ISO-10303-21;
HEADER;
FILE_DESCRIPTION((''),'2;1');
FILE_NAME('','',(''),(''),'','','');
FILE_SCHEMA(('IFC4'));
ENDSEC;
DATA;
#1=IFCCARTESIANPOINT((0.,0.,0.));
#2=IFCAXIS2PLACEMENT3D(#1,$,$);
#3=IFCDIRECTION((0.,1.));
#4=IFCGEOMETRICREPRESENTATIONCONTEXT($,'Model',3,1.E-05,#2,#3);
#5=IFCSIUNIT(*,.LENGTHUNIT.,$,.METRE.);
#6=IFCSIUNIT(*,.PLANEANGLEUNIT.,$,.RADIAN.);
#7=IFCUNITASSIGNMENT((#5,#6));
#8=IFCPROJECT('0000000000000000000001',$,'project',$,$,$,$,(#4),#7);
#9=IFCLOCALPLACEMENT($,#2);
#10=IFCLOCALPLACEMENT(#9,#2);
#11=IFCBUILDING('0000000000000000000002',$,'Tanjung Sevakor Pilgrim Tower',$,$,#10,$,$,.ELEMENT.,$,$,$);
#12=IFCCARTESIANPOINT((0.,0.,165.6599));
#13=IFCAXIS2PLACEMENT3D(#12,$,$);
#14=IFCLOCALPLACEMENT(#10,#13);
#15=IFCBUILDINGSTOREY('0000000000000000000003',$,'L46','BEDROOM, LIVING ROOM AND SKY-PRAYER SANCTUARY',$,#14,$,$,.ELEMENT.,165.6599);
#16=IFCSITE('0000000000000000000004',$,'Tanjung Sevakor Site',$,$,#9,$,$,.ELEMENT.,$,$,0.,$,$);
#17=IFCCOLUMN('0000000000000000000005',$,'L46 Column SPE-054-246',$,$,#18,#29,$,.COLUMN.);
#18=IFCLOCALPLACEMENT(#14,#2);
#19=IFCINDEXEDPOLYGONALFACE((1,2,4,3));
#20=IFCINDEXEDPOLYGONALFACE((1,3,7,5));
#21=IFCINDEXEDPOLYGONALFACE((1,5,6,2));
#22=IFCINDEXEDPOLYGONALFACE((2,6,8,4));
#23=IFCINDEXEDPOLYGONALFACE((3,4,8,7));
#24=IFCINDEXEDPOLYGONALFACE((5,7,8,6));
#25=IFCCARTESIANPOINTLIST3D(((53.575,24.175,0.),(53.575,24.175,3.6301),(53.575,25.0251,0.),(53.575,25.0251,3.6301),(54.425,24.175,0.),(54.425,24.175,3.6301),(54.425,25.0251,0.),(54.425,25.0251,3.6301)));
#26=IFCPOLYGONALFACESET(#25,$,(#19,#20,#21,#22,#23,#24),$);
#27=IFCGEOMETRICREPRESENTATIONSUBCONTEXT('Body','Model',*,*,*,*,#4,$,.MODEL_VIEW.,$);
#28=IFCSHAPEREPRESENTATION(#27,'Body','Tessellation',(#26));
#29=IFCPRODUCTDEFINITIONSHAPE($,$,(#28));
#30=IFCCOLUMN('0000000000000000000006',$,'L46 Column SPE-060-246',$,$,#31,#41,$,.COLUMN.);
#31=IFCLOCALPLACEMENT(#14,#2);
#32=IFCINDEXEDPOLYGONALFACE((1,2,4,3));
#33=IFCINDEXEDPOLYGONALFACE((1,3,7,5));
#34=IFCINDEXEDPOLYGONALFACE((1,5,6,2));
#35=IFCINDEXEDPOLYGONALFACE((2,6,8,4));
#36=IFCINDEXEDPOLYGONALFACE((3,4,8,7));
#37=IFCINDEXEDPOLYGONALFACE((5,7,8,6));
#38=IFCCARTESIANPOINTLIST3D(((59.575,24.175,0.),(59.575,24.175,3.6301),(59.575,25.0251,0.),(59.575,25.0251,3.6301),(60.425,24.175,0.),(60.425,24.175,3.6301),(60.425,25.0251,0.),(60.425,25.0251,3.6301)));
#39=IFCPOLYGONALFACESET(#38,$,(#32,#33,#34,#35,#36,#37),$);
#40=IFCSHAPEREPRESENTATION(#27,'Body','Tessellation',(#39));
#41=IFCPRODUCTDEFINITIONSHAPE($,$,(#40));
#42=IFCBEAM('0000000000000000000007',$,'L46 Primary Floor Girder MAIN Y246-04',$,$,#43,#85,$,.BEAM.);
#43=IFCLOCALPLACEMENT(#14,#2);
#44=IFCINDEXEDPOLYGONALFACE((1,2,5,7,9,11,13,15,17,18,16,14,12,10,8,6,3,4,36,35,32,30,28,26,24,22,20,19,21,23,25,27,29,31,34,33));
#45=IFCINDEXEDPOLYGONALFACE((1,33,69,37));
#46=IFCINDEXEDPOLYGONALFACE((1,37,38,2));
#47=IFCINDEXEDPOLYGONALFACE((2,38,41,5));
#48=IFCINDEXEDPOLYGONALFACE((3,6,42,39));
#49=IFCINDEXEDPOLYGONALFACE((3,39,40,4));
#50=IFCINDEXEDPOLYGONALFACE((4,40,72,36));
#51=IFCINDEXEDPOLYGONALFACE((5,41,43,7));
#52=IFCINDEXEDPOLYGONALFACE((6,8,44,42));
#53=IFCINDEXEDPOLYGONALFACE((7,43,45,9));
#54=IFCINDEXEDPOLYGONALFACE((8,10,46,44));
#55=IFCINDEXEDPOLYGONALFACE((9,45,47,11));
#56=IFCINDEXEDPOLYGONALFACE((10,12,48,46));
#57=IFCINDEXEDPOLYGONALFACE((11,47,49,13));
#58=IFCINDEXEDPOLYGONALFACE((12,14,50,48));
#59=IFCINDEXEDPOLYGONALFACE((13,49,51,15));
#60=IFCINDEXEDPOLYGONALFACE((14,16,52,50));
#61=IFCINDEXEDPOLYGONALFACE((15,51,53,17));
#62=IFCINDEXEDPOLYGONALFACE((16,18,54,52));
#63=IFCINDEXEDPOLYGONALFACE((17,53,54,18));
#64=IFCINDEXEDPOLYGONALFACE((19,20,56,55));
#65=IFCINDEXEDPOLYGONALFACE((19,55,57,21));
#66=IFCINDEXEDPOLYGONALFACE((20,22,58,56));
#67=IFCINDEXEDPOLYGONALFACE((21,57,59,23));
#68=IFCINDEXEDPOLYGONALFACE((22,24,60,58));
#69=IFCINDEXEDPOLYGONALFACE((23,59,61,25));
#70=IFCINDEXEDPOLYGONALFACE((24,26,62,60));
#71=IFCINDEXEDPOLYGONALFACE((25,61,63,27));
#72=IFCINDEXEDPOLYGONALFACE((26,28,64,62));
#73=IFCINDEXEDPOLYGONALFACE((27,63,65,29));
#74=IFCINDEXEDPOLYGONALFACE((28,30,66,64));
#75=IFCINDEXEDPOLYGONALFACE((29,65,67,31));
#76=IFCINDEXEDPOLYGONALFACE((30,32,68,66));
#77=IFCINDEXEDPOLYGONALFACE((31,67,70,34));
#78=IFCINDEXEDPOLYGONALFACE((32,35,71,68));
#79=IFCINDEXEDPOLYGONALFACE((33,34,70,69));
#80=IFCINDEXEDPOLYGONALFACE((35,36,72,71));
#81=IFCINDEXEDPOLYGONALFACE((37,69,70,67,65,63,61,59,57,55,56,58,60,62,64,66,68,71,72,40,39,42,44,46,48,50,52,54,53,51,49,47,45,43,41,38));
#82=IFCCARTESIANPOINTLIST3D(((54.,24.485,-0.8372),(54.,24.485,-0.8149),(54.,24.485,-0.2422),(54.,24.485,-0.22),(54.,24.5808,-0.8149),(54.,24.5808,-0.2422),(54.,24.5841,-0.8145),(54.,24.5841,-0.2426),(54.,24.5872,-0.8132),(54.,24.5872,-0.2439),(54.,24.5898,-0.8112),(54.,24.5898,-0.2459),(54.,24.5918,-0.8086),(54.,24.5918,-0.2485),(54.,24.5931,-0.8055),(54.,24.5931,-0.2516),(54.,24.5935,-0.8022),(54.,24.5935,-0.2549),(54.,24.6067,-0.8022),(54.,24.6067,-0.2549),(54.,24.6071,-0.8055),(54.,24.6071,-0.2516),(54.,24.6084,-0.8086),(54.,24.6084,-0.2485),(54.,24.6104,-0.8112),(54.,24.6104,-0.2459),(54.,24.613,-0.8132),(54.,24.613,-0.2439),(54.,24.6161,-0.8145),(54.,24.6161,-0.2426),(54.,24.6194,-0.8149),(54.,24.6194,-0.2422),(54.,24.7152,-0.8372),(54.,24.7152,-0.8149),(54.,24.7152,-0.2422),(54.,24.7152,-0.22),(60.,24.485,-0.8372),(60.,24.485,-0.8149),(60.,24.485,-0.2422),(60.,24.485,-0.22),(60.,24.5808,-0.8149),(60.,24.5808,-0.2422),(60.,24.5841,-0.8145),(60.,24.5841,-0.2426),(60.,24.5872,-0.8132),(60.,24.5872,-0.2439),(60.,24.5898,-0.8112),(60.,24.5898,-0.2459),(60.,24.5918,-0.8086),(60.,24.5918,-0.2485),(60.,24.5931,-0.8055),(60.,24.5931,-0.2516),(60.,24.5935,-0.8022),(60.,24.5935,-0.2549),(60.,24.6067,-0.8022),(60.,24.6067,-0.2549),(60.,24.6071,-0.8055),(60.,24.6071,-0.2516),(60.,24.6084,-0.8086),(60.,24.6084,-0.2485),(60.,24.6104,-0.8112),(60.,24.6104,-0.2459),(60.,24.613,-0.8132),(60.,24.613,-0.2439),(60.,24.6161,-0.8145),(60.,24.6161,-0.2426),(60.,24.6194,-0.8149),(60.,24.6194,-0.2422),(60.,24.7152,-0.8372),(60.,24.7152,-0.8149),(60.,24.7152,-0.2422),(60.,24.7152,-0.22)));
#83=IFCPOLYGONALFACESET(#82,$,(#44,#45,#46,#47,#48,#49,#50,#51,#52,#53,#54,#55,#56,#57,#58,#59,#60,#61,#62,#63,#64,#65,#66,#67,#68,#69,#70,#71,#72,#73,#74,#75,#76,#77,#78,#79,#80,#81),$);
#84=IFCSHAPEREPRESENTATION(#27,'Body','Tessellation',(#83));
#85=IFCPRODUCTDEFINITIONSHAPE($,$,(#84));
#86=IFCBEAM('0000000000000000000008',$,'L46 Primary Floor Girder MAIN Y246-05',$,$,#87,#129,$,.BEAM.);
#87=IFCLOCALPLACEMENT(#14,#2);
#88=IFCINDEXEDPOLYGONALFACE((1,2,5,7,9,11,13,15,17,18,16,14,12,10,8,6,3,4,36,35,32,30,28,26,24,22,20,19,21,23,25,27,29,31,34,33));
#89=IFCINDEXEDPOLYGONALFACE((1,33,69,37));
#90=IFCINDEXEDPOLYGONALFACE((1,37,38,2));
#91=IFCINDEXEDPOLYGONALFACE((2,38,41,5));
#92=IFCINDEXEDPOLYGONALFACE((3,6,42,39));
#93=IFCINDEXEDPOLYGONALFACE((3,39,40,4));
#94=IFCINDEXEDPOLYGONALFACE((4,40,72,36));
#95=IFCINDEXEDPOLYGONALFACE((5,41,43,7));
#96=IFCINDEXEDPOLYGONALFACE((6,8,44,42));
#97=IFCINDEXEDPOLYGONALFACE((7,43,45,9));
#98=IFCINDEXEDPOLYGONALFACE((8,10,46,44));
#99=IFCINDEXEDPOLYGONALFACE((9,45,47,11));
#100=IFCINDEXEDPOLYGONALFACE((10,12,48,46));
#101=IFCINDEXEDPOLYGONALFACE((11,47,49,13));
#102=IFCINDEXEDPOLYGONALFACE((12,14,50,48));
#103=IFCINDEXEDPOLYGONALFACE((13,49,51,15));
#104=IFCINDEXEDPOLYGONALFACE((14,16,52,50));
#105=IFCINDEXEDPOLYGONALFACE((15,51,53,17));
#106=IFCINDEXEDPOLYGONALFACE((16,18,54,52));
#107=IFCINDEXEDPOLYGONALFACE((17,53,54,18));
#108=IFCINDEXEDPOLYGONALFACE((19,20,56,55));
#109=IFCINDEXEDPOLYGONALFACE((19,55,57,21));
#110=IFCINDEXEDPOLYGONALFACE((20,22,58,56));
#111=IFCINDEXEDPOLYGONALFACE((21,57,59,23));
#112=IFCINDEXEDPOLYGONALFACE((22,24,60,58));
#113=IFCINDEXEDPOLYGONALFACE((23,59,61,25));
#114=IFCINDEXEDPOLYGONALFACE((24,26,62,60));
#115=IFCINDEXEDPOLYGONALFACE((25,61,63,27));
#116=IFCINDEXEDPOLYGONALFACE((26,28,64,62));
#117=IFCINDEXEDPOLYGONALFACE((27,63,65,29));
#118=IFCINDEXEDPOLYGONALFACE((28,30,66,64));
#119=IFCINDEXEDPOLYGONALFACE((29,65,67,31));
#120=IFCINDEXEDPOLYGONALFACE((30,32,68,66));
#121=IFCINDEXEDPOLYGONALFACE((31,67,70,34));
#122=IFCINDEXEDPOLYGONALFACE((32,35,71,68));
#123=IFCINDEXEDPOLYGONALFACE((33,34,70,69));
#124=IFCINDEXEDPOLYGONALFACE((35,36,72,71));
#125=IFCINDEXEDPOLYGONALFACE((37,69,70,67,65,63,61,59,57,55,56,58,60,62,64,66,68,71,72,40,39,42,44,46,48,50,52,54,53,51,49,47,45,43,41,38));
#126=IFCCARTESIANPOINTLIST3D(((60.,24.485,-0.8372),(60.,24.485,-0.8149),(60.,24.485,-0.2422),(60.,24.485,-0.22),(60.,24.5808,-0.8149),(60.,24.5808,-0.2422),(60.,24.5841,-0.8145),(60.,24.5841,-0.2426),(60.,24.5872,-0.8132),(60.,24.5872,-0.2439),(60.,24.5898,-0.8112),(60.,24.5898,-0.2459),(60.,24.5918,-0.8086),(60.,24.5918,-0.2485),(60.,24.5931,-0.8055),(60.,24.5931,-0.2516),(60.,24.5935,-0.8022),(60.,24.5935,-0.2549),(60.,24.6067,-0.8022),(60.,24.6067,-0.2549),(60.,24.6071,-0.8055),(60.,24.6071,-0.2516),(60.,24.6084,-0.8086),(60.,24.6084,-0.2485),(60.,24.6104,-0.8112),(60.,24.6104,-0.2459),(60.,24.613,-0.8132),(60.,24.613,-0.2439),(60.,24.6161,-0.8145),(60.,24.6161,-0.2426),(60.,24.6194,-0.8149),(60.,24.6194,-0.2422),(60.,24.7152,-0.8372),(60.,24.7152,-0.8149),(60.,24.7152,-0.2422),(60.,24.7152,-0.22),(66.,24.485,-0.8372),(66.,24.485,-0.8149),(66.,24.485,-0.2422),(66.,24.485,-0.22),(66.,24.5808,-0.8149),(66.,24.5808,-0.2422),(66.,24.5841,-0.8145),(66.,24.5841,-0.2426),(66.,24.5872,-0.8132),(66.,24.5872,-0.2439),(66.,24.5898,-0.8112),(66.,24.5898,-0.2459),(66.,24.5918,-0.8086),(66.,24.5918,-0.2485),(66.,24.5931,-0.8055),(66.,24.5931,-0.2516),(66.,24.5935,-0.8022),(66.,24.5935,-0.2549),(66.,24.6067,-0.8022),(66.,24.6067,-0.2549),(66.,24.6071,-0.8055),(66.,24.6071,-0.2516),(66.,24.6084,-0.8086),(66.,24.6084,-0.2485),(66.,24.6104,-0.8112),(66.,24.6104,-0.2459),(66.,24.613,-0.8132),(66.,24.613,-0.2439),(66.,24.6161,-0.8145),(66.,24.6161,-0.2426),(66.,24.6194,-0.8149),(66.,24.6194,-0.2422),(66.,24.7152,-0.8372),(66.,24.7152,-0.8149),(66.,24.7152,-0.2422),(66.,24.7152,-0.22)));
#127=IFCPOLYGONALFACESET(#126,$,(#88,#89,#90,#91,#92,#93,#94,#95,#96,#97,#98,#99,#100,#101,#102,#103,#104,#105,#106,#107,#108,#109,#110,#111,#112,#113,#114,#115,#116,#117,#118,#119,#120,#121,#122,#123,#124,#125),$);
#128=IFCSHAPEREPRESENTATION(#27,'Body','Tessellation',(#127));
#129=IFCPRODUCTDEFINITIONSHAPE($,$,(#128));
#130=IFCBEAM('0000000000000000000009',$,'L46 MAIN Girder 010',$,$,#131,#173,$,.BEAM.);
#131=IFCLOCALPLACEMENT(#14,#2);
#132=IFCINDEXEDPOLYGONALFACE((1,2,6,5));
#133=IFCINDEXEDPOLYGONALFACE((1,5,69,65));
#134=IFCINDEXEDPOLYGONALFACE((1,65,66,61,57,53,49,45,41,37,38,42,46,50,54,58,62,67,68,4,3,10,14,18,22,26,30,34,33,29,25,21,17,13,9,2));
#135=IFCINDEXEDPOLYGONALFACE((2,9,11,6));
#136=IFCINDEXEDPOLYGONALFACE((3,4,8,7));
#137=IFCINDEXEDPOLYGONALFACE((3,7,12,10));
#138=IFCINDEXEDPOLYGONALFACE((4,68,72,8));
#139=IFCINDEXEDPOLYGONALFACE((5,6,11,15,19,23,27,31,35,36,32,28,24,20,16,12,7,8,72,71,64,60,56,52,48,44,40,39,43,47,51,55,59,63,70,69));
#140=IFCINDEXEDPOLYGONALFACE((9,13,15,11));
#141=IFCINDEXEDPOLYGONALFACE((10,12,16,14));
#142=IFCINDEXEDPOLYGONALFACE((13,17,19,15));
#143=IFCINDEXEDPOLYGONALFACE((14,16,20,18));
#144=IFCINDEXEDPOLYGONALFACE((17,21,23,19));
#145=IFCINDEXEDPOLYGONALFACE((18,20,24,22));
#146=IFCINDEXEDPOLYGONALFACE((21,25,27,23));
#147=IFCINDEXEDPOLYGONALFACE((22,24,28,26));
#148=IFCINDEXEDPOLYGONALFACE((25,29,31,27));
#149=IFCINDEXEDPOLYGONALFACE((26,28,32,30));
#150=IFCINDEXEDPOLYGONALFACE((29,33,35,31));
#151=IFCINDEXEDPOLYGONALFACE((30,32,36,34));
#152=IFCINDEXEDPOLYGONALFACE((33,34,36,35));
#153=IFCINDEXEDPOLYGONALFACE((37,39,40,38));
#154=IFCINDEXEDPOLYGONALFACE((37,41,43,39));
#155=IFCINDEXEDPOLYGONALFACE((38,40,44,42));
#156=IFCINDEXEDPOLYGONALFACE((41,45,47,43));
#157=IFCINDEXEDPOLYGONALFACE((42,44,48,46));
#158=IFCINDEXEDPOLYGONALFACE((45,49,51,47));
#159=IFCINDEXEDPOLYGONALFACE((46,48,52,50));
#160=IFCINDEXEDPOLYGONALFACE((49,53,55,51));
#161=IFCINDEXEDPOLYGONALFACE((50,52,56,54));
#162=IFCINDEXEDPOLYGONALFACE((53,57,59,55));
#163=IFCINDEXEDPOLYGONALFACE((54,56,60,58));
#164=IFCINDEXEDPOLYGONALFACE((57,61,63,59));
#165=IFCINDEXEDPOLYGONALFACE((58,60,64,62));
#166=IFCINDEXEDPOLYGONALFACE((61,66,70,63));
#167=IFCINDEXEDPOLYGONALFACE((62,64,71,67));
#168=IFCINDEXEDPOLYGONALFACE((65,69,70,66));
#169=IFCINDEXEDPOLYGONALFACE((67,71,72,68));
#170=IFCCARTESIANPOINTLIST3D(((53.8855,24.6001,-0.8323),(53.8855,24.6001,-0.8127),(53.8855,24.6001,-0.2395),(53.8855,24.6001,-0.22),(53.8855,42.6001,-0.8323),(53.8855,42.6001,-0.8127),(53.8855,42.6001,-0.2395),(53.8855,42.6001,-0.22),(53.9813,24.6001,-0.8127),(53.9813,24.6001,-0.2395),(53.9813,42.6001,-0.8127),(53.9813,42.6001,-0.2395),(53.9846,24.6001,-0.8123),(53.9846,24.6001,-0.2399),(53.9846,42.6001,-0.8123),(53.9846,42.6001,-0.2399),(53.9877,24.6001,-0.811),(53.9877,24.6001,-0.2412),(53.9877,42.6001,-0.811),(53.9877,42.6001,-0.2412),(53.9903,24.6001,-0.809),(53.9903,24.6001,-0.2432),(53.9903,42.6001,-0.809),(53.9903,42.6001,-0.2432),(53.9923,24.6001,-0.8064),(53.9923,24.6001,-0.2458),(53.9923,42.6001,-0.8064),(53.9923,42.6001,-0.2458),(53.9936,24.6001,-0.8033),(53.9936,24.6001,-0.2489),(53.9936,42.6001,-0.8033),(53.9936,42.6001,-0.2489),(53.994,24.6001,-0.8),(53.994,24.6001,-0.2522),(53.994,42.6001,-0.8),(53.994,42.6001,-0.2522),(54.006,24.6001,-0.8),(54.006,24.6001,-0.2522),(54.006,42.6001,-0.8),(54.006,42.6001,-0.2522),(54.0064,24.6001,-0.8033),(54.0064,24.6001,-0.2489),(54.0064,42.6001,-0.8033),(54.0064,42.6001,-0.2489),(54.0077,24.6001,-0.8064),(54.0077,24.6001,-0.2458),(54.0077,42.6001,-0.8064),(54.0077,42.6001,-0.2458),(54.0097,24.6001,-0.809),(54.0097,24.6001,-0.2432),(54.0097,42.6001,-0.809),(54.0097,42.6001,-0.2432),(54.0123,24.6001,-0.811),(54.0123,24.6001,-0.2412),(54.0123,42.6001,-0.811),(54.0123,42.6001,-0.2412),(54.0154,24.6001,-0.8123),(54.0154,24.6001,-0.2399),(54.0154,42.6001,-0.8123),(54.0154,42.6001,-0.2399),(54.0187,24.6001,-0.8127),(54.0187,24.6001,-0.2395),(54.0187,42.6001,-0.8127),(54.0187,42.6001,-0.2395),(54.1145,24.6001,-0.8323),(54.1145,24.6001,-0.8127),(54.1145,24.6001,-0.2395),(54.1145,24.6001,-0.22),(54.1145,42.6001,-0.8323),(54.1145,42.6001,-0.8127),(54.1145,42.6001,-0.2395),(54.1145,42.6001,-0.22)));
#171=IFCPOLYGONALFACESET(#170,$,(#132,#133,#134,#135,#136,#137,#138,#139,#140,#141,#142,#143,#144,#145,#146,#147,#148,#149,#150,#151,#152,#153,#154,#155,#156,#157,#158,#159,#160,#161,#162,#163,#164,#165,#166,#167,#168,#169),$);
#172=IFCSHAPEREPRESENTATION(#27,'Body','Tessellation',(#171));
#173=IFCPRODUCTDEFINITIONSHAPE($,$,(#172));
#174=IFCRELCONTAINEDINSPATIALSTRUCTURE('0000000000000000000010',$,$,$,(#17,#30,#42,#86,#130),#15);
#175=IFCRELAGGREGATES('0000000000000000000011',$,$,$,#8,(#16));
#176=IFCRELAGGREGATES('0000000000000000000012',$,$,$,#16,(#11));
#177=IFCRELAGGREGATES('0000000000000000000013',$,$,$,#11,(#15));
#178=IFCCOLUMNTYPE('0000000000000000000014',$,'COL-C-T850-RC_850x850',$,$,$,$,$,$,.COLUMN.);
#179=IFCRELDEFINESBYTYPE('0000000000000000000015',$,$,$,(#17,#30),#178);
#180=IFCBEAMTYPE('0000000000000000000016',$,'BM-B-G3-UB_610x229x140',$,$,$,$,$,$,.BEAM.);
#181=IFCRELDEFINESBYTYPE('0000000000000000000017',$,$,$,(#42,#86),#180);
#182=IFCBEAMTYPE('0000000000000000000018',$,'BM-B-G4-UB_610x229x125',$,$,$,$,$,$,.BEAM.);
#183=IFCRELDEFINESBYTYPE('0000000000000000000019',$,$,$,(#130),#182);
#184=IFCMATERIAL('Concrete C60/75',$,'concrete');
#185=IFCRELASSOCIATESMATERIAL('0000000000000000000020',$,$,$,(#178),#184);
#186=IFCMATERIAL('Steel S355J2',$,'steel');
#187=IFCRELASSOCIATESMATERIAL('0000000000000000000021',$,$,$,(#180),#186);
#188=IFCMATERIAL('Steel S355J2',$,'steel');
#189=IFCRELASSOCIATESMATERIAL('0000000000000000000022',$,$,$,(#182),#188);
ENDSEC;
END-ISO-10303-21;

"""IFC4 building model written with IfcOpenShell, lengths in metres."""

from ifc_helpers import new_model, si_unit, direction, frame, origin, origin_2d, place, context, subcontext, project, spatial, rectangle, i_section, extrude, material, material_profile, profile_set, type_object, element, save


model = new_model("IFC4")

# Units and contexts
model_context = context("Model", 3, precision=1e-05, world=origin(), true_north=direction((0.0, 1.0)))
body_context = subcontext(model_context, "Body", "Model", "MODEL_VIEW")
ifc_project = project(units=[si_unit("LENGTHUNIT", "METRE"), si_unit("PLANEANGLEUNIT", "RADIAN")], contexts=[model_context])

# Site, building, storey
site_placement = place(None, origin())
site = spatial("IfcSite", under=ifc_project, at=site_placement, Name="Tanjung Sevakor Site", CompositionType="ELEMENT", RefElevation=0.0)
building_placement = place(site_placement, origin())
building = spatial("IfcBuilding", under=site, at=building_placement, Name="Tanjung Sevakor Pilgrim Tower", CompositionType="ELEMENT")
storey_placement = place(building_placement, frame((0.0, 0.0, 165.6599)))
storey = spatial("IfcBuildingStorey", under=building, at=storey_placement, Name="L46", Description="BEDROOM, LIVING ROOM AND SKY-PRAYER SANCTUARY", CompositionType="ELEMENT", Elevation=165.6599)

# Columns
ifc_material_1 = material(Name="Concrete C60/75", Category="concrete")
ifc_material_profile_1 = material_profile(ifc_material_1, rectangle(XDim=0.8501, YDim=0.8501, at=origin_2d()))
ifc_profile_set_1 = profile_set([ifc_material_profile_1], Name="Concrete C60/75")
column_type = type_object("IfcColumnType", Name="COL-C-T850-RC_850x850", PredefinedType="COLUMN", material=ifc_profile_set_1)
for number, where, z_axis, x_axis, name in (
    (1, (54.0, 24.6001, 0.0), (0.0, 0.0, 1.0), (1.0, 0.0, 0.0), "L46 Column SPE-054-246"),
    (2, (60.0, 24.6001, 0.0), (0.0, 0.0, 1.0), (1.0, 0.0, 0.0), "L46 Column SPE-060-246"),
):
    element("IfcColumn", number, at=place(storey_placement, frame(where, z_axis=z_axis, x_axis=x_axis)), inside=storey, type_object=column_type, Name=name, PredefinedType="COLUMN", context=body_context, shape_type="SweptSolid", body=[
        extrude(rectangle(XDim=0.8501, YDim=0.8501, at=origin_2d()), origin(), (0.0, 0.0, 1.0), 3.6301),
    ])

# Beams
ifc_material_2 = material(Name="Steel S355J2", Category="steel")
ifc_material_profile_2 = material_profile(ifc_material_2, i_section(OverallWidth=0.2302, OverallDepth=0.6172, WebThickness=0.0132, FlangeThickness=0.0222, FilletRadius=0.0127, at=origin_2d()))
ifc_profile_set_2 = profile_set([ifc_material_profile_2], Name="Steel S355J2")
beam_type_1 = type_object("IfcBeamType", Name="BM-B-G3-UB_610x229x140", PredefinedType="BEAM", material=ifc_profile_set_2)
for number, where, z_axis, x_axis, name in (
    (3, (54.0, 24.6001, -0.5286), (1.0, 0.0, 0.0), (0.0, 1.0, 0.0), "L46 Primary Floor Girder MAIN Y246-04"),
    (4, (60.0, 24.6001, -0.5286), (1.0, 0.0, 0.0), (0.0, 1.0, 0.0), "L46 Primary Floor Girder MAIN Y246-05"),
):
    element("IfcBeam", number, at=place(storey_placement, frame(where, z_axis=z_axis, x_axis=x_axis)), inside=storey, type_object=beam_type_1, Name=name, PredefinedType="BEAM", context=body_context, shape_type="SweptSolid", body=[
        extrude(i_section(OverallWidth=0.2302, OverallDepth=0.6172, WebThickness=0.0132, FlangeThickness=0.0222, FilletRadius=0.0127, at=origin_2d()), origin(), (0.0, 0.0, 1.0), 6.0),
    ])
ifc_material_3 = material(Name="Steel S355J2", Category="steel")
ifc_material_profile_3 = material_profile(ifc_material_3, i_section(OverallWidth=0.229, OverallDepth=0.6123, WebThickness=0.012, FlangeThickness=0.0195, FilletRadius=0.0127, at=origin_2d()))
ifc_profile_set_3 = profile_set([ifc_material_profile_3], Name="Steel S355J2")
beam_type_2 = type_object("IfcBeamType", Name="BM-B-G4-UB_610x229x125", PredefinedType="BEAM", material=ifc_profile_set_3)
for number, where, z_axis, x_axis, name in (
    (5, (54.0, 24.6001, -0.5261), (0.0, 1.0, 0.0), (-1.0, 0.0, 0.0), "L46 MAIN Girder 010"),
):
    element("IfcBeam", number, at=place(storey_placement, frame(where, z_axis=z_axis, x_axis=x_axis)), inside=storey, type_object=beam_type_2, Name=name, PredefinedType="BEAM", context=body_context, shape_type="SweptSolid", body=[
        extrude(i_section(OverallWidth=0.229, OverallDepth=0.6123, WebThickness=0.012, FlangeThickness=0.0195, FilletRadius=0.0127, at=origin_2d()), origin(), (0.0, 0.0, 1.0), 18.0),
    ])

save(model, "model.ifc")
